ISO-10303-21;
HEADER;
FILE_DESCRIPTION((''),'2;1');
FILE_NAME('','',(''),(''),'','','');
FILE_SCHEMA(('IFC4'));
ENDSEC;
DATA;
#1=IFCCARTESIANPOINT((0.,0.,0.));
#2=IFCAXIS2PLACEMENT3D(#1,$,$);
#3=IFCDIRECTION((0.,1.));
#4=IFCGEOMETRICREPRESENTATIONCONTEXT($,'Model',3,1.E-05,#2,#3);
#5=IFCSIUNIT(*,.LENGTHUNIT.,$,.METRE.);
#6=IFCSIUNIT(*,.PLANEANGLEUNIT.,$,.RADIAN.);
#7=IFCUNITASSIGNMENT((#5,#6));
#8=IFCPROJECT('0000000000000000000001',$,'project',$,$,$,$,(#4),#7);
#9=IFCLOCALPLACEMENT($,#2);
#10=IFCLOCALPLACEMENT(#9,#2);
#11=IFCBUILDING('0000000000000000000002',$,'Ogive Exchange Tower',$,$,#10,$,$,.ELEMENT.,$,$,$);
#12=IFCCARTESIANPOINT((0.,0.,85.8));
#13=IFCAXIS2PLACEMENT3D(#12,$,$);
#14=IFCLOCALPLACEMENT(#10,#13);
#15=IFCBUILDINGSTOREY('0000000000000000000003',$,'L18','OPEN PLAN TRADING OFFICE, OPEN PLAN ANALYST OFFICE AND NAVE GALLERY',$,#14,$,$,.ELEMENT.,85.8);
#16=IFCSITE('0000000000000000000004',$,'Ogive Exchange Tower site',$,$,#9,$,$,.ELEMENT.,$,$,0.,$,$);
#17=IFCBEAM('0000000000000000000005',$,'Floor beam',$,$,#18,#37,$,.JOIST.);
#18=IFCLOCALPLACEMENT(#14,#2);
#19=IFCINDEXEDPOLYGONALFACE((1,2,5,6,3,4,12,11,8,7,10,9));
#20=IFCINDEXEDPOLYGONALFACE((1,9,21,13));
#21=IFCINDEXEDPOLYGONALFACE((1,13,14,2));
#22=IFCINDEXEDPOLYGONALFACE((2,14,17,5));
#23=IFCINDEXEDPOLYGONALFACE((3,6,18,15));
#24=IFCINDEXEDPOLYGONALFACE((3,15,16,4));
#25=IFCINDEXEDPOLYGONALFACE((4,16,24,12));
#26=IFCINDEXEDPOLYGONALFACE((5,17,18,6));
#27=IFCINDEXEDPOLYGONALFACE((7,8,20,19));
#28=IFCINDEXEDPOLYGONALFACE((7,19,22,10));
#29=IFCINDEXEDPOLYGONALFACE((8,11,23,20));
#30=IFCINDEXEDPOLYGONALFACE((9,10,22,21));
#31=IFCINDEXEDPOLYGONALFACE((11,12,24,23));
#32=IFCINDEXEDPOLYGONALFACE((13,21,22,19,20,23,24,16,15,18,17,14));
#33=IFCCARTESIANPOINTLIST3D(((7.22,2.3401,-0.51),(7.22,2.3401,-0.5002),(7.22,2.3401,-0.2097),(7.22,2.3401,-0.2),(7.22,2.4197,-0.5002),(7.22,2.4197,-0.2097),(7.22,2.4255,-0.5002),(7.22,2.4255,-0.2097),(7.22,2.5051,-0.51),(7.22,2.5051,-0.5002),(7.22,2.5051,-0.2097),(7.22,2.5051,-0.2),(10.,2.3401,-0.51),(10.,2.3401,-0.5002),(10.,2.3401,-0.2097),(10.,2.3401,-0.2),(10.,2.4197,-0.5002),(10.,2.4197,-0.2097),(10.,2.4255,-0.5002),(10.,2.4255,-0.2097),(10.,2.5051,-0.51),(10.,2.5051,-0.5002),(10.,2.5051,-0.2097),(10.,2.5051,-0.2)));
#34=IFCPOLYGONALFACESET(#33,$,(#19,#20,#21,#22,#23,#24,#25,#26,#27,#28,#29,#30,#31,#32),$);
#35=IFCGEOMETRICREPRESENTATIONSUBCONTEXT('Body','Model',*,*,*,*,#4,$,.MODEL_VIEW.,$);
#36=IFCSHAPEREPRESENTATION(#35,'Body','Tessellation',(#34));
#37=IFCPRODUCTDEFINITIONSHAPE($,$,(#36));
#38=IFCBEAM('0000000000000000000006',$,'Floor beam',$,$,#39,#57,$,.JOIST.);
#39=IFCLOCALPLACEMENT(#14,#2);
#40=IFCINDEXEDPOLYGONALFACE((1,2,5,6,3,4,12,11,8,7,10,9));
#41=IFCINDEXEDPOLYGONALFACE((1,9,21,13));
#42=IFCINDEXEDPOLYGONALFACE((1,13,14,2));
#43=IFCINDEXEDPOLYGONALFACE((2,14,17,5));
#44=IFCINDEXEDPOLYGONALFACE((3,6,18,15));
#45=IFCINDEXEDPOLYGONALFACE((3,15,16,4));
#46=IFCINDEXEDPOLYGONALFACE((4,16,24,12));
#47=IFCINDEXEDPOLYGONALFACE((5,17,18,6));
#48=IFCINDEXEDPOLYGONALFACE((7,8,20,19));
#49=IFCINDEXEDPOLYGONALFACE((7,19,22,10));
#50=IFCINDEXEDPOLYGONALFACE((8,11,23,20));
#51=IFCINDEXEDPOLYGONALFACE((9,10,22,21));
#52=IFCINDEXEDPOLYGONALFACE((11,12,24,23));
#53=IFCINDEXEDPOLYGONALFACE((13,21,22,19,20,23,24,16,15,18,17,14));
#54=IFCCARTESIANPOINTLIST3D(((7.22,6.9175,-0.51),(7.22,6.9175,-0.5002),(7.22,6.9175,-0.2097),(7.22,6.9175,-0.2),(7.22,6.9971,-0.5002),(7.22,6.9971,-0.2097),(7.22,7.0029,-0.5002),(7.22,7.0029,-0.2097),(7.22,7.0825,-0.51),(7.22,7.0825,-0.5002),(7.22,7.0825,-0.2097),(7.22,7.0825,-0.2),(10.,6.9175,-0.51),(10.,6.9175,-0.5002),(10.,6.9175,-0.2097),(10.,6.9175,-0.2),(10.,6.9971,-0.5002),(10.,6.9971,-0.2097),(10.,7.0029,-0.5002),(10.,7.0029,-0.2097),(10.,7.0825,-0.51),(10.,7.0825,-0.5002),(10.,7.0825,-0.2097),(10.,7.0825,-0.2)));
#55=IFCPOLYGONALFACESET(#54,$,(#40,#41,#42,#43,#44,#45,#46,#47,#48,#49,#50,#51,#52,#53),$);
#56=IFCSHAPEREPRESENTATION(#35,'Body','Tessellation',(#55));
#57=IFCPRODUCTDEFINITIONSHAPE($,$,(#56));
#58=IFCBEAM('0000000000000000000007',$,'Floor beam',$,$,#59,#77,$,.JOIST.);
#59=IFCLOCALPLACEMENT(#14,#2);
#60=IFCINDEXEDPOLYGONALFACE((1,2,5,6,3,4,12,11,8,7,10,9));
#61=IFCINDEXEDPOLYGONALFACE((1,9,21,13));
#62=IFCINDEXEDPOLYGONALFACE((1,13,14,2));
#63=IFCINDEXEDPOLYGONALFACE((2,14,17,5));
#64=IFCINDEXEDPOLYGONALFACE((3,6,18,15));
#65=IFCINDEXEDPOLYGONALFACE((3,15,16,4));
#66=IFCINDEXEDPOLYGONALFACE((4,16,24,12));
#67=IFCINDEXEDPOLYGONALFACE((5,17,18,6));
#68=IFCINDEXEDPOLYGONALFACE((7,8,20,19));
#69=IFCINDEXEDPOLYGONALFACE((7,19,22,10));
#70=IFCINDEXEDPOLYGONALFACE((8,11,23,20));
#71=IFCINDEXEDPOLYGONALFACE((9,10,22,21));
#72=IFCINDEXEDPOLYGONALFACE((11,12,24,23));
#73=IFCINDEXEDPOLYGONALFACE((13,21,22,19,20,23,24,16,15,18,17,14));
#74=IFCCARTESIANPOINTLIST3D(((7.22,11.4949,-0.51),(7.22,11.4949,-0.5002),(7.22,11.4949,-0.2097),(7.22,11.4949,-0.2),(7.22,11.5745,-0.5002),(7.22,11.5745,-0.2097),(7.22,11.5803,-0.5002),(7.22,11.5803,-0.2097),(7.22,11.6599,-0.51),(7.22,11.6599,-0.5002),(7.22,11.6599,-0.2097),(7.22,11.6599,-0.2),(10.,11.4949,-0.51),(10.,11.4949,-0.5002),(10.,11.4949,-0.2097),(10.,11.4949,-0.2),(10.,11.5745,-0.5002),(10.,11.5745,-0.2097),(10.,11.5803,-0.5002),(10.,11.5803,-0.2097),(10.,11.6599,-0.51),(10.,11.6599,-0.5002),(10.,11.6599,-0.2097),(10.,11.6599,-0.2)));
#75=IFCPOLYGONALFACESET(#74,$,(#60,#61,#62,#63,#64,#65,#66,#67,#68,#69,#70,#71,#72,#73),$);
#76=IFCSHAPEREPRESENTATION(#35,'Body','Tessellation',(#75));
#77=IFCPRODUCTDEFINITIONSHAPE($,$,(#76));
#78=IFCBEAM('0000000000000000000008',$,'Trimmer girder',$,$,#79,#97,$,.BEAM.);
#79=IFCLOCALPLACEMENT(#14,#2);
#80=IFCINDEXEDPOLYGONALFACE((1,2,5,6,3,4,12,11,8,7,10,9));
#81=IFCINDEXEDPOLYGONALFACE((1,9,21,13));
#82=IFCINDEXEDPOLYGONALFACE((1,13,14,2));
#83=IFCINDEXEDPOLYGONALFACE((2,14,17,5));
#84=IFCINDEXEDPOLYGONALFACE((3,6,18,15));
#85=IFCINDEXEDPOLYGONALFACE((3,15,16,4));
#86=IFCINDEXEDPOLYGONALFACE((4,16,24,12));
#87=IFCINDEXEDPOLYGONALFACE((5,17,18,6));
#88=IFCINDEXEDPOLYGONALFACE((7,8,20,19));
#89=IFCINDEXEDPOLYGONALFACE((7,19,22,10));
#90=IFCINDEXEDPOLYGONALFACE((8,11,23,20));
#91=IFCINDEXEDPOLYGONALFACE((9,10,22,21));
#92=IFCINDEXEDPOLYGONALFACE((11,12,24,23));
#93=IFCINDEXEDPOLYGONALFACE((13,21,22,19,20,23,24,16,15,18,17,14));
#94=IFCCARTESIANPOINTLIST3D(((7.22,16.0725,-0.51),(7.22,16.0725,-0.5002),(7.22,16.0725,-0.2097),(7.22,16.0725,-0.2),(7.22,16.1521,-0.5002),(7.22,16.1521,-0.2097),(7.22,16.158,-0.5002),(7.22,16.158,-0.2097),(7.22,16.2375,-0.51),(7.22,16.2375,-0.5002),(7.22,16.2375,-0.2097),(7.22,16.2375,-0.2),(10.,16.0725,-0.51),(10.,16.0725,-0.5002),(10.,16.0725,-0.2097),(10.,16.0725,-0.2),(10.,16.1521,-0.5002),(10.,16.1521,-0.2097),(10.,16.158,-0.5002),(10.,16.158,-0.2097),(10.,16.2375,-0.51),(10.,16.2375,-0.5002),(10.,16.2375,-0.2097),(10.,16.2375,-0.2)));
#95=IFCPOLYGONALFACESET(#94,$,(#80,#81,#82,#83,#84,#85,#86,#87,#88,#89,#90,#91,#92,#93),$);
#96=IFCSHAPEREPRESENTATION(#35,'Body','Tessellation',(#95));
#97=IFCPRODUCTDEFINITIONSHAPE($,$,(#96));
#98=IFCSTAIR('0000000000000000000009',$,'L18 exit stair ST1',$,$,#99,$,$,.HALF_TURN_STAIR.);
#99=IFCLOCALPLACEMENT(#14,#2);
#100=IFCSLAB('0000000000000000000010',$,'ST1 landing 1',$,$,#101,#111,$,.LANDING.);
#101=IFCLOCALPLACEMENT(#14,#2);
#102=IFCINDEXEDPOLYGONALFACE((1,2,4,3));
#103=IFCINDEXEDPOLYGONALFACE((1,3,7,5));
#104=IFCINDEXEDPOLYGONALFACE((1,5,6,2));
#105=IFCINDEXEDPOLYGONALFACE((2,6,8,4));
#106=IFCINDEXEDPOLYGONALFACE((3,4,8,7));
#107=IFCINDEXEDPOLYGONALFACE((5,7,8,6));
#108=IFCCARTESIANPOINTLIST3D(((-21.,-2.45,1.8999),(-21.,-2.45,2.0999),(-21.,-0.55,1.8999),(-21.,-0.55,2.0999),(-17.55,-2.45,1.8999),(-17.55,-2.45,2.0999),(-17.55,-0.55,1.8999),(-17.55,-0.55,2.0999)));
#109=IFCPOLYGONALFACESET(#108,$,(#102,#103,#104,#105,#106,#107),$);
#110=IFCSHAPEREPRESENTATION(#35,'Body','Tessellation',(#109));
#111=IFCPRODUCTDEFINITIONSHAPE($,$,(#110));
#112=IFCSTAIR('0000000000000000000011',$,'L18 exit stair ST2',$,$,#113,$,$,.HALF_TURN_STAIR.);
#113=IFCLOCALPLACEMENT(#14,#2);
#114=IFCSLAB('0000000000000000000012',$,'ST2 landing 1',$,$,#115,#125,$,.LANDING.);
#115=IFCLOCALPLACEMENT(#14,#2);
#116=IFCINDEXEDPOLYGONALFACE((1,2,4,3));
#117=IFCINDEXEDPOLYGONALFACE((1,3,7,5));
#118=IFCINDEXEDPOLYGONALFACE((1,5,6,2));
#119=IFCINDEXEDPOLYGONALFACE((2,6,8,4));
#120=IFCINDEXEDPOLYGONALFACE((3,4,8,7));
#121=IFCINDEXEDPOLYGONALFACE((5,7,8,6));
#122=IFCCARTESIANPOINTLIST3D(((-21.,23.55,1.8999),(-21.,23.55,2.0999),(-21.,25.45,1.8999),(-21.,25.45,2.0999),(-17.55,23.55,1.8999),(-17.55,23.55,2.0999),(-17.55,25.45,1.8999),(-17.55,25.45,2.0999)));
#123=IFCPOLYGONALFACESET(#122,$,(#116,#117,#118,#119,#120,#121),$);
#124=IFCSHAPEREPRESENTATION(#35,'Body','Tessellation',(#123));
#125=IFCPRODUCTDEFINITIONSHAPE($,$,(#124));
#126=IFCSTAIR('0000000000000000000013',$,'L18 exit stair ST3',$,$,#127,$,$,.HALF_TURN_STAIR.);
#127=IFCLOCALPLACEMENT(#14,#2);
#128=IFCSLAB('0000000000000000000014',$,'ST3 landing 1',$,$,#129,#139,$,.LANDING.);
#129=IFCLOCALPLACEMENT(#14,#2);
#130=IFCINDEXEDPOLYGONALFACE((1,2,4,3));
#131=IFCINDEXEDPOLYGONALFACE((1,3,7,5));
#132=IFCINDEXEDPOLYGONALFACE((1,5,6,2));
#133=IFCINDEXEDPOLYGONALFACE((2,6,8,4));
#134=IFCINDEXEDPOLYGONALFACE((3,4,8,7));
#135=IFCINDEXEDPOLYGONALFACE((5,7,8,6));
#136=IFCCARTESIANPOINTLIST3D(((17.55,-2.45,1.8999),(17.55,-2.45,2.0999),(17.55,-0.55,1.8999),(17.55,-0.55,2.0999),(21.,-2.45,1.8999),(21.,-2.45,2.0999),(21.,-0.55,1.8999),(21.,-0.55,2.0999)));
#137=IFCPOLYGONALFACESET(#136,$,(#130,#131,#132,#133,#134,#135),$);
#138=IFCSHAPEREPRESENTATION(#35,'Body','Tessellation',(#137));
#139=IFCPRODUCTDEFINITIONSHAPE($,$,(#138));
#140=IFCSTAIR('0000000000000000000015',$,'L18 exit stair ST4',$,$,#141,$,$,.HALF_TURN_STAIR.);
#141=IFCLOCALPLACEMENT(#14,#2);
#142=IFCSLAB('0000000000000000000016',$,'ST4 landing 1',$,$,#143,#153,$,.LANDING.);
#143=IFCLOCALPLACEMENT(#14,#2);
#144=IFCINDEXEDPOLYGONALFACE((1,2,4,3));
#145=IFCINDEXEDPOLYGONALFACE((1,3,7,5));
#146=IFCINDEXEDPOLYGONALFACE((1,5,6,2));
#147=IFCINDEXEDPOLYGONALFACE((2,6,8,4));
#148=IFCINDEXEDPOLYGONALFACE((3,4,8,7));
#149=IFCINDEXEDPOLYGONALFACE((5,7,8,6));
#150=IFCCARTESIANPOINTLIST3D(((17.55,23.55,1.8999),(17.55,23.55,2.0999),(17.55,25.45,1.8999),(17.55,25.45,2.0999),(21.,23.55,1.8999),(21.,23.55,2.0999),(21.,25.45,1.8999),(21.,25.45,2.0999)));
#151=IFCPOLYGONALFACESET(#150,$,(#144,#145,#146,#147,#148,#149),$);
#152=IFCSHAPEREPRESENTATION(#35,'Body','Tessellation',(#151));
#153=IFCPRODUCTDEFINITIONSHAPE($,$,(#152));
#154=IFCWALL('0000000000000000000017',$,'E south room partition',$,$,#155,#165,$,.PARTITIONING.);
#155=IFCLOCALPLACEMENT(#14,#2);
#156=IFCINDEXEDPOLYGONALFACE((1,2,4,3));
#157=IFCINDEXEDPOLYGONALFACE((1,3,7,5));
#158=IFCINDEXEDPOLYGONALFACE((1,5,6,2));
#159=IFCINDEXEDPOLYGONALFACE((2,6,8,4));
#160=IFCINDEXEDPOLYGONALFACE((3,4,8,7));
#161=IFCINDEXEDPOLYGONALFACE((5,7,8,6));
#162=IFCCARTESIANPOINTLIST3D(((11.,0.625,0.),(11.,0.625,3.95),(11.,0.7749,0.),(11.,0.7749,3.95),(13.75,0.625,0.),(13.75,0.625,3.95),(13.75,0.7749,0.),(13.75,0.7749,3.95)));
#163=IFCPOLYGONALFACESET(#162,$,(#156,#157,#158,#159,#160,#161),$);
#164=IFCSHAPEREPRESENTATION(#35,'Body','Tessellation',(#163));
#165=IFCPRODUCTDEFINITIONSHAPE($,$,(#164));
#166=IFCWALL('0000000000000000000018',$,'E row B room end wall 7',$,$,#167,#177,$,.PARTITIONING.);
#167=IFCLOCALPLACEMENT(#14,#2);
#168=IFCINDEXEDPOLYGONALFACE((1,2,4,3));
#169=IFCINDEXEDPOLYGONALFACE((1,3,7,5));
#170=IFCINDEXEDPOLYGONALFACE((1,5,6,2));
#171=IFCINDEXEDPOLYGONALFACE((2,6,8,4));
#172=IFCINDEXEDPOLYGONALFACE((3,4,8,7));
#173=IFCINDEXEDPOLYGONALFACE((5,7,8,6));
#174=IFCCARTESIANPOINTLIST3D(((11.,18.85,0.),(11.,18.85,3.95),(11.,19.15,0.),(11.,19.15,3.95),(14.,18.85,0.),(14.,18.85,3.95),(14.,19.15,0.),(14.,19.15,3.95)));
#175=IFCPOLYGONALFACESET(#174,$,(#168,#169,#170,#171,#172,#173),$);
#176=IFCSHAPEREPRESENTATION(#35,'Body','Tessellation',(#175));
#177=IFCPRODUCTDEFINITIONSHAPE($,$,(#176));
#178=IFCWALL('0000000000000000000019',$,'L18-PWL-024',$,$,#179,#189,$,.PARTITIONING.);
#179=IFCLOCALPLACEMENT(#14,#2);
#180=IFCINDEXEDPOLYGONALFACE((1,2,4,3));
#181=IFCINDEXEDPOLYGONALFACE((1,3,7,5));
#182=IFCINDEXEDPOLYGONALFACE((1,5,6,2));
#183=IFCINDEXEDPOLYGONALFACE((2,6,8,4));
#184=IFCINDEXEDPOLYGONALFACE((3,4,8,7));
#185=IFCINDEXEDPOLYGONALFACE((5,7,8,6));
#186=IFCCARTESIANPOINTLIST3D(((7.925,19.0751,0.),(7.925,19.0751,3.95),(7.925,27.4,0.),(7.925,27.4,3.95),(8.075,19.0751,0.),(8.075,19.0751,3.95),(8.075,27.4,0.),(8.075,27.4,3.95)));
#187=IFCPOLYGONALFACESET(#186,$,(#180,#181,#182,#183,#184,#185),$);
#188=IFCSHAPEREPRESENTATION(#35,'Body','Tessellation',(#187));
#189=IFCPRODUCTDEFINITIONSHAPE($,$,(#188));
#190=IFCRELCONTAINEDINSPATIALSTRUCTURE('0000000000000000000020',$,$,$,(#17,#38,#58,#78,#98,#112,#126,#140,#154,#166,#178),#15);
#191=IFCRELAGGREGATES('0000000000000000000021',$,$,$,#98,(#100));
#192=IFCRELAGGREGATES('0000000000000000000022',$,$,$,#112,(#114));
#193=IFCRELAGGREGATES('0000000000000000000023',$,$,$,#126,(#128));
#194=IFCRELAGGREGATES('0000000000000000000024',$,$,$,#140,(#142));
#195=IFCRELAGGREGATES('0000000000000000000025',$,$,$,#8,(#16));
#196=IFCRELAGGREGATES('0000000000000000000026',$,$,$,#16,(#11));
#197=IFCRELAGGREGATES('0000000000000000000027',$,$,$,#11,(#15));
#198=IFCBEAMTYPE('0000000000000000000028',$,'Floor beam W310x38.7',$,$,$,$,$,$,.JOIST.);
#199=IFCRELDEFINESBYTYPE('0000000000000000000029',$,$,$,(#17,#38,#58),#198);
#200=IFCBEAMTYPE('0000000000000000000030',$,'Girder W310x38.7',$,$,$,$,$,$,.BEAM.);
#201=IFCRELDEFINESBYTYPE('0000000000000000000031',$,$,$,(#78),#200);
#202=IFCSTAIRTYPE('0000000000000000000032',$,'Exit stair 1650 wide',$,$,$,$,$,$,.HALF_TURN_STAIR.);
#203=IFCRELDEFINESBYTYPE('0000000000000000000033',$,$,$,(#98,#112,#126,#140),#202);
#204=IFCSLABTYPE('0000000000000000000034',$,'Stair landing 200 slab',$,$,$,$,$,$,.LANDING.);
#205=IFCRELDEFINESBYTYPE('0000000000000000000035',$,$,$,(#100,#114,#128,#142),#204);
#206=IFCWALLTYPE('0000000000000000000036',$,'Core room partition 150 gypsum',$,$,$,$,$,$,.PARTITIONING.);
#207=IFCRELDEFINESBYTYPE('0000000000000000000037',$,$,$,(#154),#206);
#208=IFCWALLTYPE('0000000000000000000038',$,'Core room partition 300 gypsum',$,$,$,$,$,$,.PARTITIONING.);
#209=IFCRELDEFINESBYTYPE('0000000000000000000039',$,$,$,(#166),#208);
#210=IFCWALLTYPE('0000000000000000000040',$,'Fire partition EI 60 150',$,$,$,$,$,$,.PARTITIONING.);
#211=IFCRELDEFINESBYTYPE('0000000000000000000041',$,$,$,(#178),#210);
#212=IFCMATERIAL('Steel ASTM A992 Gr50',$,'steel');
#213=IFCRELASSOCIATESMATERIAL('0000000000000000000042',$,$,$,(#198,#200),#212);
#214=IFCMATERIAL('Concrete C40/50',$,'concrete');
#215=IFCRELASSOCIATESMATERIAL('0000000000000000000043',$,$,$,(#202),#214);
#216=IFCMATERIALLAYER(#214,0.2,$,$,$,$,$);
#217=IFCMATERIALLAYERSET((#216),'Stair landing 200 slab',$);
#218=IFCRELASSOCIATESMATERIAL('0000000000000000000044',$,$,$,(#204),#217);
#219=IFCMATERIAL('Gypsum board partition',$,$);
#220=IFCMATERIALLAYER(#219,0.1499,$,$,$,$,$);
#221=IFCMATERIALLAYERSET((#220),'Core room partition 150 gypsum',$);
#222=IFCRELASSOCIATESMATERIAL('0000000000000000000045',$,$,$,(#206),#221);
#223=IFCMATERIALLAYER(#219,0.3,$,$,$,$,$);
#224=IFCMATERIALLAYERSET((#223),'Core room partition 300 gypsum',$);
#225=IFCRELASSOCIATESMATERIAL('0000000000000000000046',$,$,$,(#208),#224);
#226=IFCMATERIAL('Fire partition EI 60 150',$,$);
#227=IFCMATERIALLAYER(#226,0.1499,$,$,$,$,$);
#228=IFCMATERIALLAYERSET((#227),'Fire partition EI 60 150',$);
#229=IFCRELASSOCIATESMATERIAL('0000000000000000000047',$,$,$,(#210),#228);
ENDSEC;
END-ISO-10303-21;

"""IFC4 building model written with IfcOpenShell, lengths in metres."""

from ifc_helpers import new_model, si_unit, direction, frame, frame_2d, origin, origin_2d, place, context, subcontext, project, spatial, polyline, rectangle, i_section, outline, extrude, material, layer, layer_set, material_profile, profile_set, type_object, element, aggregate, save


model = new_model("IFC4")

# Units and contexts
model_context = context("Model", 3, precision=1e-05, world=origin(), true_north=direction((0.0, 1.0)))
body_context = subcontext(model_context, "Body", "Model", "MODEL_VIEW")
ifc_project = project(units=[si_unit("LENGTHUNIT", "METRE"), si_unit("PLANEANGLEUNIT", "RADIAN")], contexts=[model_context])

# Site, building, storey
site_placement = place(None, origin())
site = spatial("IfcSite", under=ifc_project, at=site_placement, Name="Ogive Exchange Tower site", CompositionType="ELEMENT", RefElevation=0.0)
building_placement = place(site_placement, origin())
building = spatial("IfcBuilding", under=site, at=building_placement, Name="Ogive Exchange Tower", CompositionType="ELEMENT")
storey_placement = place(building_placement, frame((0.0, 0.0, 85.8)))
storey = spatial("IfcBuildingStorey", under=building, at=storey_placement, Name="L18", Description="OPEN PLAN TRADING OFFICE, OPEN PLAN ANALYST OFFICE AND NAVE GALLERY", CompositionType="ELEMENT", Elevation=85.8)

# Beams
ifc_material_1 = material(Name="Steel ASTM A992 Gr50", Category="steel")
ifc_material_profile_1 = material_profile(ifc_material_1, i_section(OverallWidth=0.165, OverallDepth=0.3101, WebThickness=0.0059, FlangeThickness=0.0098, at=origin_2d()), Name="W310x38.7")
ifc_profile_set_1 = profile_set([ifc_material_profile_1], Name="Steel ASTM A992 Gr50")
beam_type_1 = type_object("IfcBeamType", Name="Floor beam W310x38.7", PredefinedType="JOIST", material=ifc_profile_set_1)
for number, where, z_axis, x_axis, name in (
    (1, (7.22, 2.4226, -0.355), (1.0, 0.0, 0.0), (0.0, 1.0, 0.0), "Floor beam"),
    (2, (7.22, 7.0, -0.355), (1.0, 0.0, 0.0), (0.0, 1.0, 0.0), "Floor beam"),
    (3, (7.22, 11.5774, -0.355), (1.0, 0.0, 0.0), (0.0, 1.0, 0.0), "Floor beam"),
):
    element("IfcBeam", number, at=place(storey_placement, frame(where, z_axis=z_axis, x_axis=x_axis)), inside=storey, type_object=beam_type_1, Name=name, PredefinedType="JOIST", context=body_context, shape_type="SweptSolid", body=[
        extrude(i_section(OverallWidth=0.165, OverallDepth=0.3101, WebThickness=0.0059, FlangeThickness=0.0098, at=origin_2d()), origin(), (0.0, 0.0, 1.0), 2.78),
    ])
ifc_material_profile_2 = material_profile(ifc_material_1, i_section(OverallWidth=0.165, OverallDepth=0.3101, WebThickness=0.0059, FlangeThickness=0.0098, at=origin_2d()), Name="W310x38.7")
ifc_profile_set_2 = profile_set([ifc_material_profile_2], Name="Steel ASTM A992 Gr50")
beam_type_2 = type_object("IfcBeamType", Name="Girder W310x38.7", PredefinedType="BEAM", material=ifc_profile_set_2)
beam_placement = place(storey_placement, frame((7.22, 16.155, -0.355), z_axis=(1.0, 0.0, 0.0), x_axis=(0.0, 1.0, 0.0)))
element("IfcBeam", 4, at=beam_placement, inside=storey, type_object=beam_type_2, Name="Trimmer girder", PredefinedType="BEAM", context=body_context, shape_type="SweptSolid", body=[
    extrude(i_section(OverallWidth=0.165, OverallDepth=0.3101, WebThickness=0.0059, FlangeThickness=0.0098, at=origin_2d()), origin(), (0.0, 0.0, 1.0), 2.78),
])

# Stairs, slabs
ifc_material_2 = material(Name="Concrete C40/50", Category="concrete")
stair_type = type_object("IfcStairType", Name="Exit stair 1650 wide", PredefinedType="HALF_TURN_STAIR", material=ifc_material_2)
stair_1_placement = place(storey_placement, origin())
stair_1 = element("IfcStair", 5, at=stair_1_placement, inside=storey, type_object=stair_type, Name="L18 exit stair ST1", PredefinedType="HALF_TURN_STAIR")
ifc_layer_1 = layer(ifc_material_2, 0.2)
ifc_layer_set_1 = layer_set([ifc_layer_1], Name="Stair landing 200 slab")
slab_type = type_object("IfcSlabType", Name="Stair landing 200 slab", PredefinedType="LANDING", material=ifc_layer_set_1)
slab_1_placement = place(storey_placement, frame((0.0, 0.0, 1.8999)))
slab_1 = element("IfcSlab", 6, at=slab_1_placement, type_object=slab_type, Name="ST1 landing 1", PredefinedType="LANDING", context=body_context, shape_type="SweptSolid", body=[
    extrude(outline(polyline([(-21.0, -0.55), (-21.0, -2.45), (-17.55, -2.45), (-17.55, -0.55), (-21.0, -0.55)])), origin(), (0.0, 0.0, 1.0), 0.2),
])
aggregate(stair_1, [slab_1])
stair_2_placement = place(storey_placement, origin())
stair_2 = element("IfcStair", 7, at=stair_2_placement, inside=storey, type_object=stair_type, Name="L18 exit stair ST2", PredefinedType="HALF_TURN_STAIR")
slab_2_placement = place(storey_placement, frame((0.0, 0.0, 1.8999)))
slab_2 = element("IfcSlab", 8, at=slab_2_placement, type_object=slab_type, Name="ST2 landing 1", PredefinedType="LANDING", context=body_context, shape_type="SweptSolid", body=[
    extrude(outline(polyline([(-17.55, 23.55), (-17.55, 25.45), (-21.0, 25.45), (-21.0, 23.55), (-17.55, 23.55)])), origin(), (0.0, 0.0, 1.0), 0.2),
])
aggregate(stair_2, [slab_2])
stair_3_placement = place(storey_placement, origin())
stair_3 = element("IfcStair", 9, at=stair_3_placement, inside=storey, type_object=stair_type, Name="L18 exit stair ST3", PredefinedType="HALF_TURN_STAIR")
slab_3_placement = place(storey_placement, frame((0.0, 0.0, 1.8999)))
slab_3 = element("IfcSlab", 10, at=slab_3_placement, type_object=slab_type, Name="ST3 landing 1", PredefinedType="LANDING", context=body_context, shape_type="SweptSolid", body=[
    extrude(outline(polyline([(17.55, -0.55), (17.55, -2.45), (21.0, -2.45), (21.0, -0.55), (17.55, -0.55)])), origin(), (0.0, 0.0, 1.0), 0.2),
])
aggregate(stair_3, [slab_3])
stair_4_placement = place(storey_placement, origin())
stair_4 = element("IfcStair", 11, at=stair_4_placement, inside=storey, type_object=stair_type, Name="L18 exit stair ST4", PredefinedType="HALF_TURN_STAIR")
slab_4_placement = place(storey_placement, frame((0.0, 0.0, 1.8999)))
slab_4 = element("IfcSlab", 12, at=slab_4_placement, type_object=slab_type, Name="ST4 landing 1", PredefinedType="LANDING", context=body_context, shape_type="SweptSolid", body=[
    extrude(outline(polyline([(21.0, 23.55), (21.0, 25.45), (17.55, 25.45), (17.55, 23.55), (21.0, 23.55)])), origin(), (0.0, 0.0, 1.0), 0.2),
])
aggregate(stair_4, [slab_4])

# Walls
ifc_material_3 = material(Name="Gypsum board partition")
ifc_layer_2 = layer(ifc_material_3, 0.1499)
ifc_layer_set_2 = layer_set([ifc_layer_2], Name="Core room partition 150 gypsum")
wall_type_1 = type_object("IfcWallType", Name="Core room partition 150 gypsum", PredefinedType="PARTITIONING", material=ifc_layer_set_2)
wall_1_placement = place(storey_placement, frame((11.0, 0.7, 0.0), z_axis=(0.0, 0.0, 1.0), x_axis=(1.0, 0.0, 0.0)))
element("IfcWall", 13, at=wall_1_placement, inside=storey, type_object=wall_type_1, Name="E south room partition", PredefinedType="PARTITIONING", context=body_context, shape_type="SweptSolid", body=[
    extrude(rectangle(XDim=2.75, YDim=0.1499, at=frame_2d((1.375, 0.0))), origin(), (0.0, 0.0, 1.0), 3.95),
])
ifc_layer_3 = layer(ifc_material_3, 0.3)
ifc_layer_set_3 = layer_set([ifc_layer_3], Name="Core room partition 300 gypsum")
wall_type_2 = type_object("IfcWallType", Name="Core room partition 300 gypsum", PredefinedType="PARTITIONING", material=ifc_layer_set_3)
wall_2_placement = place(storey_placement, frame((11.0, 19.0, 0.0), z_axis=(0.0, 0.0, 1.0), x_axis=(1.0, 0.0, 0.0)))
element("IfcWall", 14, at=wall_2_placement, inside=storey, type_object=wall_type_2, Name="E row B room end wall 7", PredefinedType="PARTITIONING", context=body_context, shape_type="SweptSolid", body=[
    extrude(rectangle(XDim=3.0, YDim=0.3, at=frame_2d((1.5, 0.0))), origin(), (0.0, 0.0, 1.0), 3.95),
])
ifc_material_4 = material(Name="Fire partition EI 60 150")
ifc_layer_4 = layer(ifc_material_4, 0.1499)
ifc_layer_set_4 = layer_set([ifc_layer_4], Name="Fire partition EI 60 150")
wall_type_3 = type_object("IfcWallType", Name="Fire partition EI 60 150", PredefinedType="PARTITIONING", material=ifc_layer_set_4)
wall_3_placement = place(storey_placement, frame((8.0, 19.075, 0.0), z_axis=(0.0, 0.0, 1.0), x_axis=(0.0, 1.0, 0.0)))
element("IfcWall", 15, at=wall_3_placement, inside=storey, type_object=wall_type_3, Name="L18-PWL-024", PredefinedType="PARTITIONING", context=body_context, shape_type="SweptSolid", body=[
    extrude(rectangle(XDim=8.325, YDim=0.1499, at=frame_2d((4.1626, 0.0))), origin(), (0.0, 0.0, 1.0), 3.95),
])

save(model, "model.ifc")
